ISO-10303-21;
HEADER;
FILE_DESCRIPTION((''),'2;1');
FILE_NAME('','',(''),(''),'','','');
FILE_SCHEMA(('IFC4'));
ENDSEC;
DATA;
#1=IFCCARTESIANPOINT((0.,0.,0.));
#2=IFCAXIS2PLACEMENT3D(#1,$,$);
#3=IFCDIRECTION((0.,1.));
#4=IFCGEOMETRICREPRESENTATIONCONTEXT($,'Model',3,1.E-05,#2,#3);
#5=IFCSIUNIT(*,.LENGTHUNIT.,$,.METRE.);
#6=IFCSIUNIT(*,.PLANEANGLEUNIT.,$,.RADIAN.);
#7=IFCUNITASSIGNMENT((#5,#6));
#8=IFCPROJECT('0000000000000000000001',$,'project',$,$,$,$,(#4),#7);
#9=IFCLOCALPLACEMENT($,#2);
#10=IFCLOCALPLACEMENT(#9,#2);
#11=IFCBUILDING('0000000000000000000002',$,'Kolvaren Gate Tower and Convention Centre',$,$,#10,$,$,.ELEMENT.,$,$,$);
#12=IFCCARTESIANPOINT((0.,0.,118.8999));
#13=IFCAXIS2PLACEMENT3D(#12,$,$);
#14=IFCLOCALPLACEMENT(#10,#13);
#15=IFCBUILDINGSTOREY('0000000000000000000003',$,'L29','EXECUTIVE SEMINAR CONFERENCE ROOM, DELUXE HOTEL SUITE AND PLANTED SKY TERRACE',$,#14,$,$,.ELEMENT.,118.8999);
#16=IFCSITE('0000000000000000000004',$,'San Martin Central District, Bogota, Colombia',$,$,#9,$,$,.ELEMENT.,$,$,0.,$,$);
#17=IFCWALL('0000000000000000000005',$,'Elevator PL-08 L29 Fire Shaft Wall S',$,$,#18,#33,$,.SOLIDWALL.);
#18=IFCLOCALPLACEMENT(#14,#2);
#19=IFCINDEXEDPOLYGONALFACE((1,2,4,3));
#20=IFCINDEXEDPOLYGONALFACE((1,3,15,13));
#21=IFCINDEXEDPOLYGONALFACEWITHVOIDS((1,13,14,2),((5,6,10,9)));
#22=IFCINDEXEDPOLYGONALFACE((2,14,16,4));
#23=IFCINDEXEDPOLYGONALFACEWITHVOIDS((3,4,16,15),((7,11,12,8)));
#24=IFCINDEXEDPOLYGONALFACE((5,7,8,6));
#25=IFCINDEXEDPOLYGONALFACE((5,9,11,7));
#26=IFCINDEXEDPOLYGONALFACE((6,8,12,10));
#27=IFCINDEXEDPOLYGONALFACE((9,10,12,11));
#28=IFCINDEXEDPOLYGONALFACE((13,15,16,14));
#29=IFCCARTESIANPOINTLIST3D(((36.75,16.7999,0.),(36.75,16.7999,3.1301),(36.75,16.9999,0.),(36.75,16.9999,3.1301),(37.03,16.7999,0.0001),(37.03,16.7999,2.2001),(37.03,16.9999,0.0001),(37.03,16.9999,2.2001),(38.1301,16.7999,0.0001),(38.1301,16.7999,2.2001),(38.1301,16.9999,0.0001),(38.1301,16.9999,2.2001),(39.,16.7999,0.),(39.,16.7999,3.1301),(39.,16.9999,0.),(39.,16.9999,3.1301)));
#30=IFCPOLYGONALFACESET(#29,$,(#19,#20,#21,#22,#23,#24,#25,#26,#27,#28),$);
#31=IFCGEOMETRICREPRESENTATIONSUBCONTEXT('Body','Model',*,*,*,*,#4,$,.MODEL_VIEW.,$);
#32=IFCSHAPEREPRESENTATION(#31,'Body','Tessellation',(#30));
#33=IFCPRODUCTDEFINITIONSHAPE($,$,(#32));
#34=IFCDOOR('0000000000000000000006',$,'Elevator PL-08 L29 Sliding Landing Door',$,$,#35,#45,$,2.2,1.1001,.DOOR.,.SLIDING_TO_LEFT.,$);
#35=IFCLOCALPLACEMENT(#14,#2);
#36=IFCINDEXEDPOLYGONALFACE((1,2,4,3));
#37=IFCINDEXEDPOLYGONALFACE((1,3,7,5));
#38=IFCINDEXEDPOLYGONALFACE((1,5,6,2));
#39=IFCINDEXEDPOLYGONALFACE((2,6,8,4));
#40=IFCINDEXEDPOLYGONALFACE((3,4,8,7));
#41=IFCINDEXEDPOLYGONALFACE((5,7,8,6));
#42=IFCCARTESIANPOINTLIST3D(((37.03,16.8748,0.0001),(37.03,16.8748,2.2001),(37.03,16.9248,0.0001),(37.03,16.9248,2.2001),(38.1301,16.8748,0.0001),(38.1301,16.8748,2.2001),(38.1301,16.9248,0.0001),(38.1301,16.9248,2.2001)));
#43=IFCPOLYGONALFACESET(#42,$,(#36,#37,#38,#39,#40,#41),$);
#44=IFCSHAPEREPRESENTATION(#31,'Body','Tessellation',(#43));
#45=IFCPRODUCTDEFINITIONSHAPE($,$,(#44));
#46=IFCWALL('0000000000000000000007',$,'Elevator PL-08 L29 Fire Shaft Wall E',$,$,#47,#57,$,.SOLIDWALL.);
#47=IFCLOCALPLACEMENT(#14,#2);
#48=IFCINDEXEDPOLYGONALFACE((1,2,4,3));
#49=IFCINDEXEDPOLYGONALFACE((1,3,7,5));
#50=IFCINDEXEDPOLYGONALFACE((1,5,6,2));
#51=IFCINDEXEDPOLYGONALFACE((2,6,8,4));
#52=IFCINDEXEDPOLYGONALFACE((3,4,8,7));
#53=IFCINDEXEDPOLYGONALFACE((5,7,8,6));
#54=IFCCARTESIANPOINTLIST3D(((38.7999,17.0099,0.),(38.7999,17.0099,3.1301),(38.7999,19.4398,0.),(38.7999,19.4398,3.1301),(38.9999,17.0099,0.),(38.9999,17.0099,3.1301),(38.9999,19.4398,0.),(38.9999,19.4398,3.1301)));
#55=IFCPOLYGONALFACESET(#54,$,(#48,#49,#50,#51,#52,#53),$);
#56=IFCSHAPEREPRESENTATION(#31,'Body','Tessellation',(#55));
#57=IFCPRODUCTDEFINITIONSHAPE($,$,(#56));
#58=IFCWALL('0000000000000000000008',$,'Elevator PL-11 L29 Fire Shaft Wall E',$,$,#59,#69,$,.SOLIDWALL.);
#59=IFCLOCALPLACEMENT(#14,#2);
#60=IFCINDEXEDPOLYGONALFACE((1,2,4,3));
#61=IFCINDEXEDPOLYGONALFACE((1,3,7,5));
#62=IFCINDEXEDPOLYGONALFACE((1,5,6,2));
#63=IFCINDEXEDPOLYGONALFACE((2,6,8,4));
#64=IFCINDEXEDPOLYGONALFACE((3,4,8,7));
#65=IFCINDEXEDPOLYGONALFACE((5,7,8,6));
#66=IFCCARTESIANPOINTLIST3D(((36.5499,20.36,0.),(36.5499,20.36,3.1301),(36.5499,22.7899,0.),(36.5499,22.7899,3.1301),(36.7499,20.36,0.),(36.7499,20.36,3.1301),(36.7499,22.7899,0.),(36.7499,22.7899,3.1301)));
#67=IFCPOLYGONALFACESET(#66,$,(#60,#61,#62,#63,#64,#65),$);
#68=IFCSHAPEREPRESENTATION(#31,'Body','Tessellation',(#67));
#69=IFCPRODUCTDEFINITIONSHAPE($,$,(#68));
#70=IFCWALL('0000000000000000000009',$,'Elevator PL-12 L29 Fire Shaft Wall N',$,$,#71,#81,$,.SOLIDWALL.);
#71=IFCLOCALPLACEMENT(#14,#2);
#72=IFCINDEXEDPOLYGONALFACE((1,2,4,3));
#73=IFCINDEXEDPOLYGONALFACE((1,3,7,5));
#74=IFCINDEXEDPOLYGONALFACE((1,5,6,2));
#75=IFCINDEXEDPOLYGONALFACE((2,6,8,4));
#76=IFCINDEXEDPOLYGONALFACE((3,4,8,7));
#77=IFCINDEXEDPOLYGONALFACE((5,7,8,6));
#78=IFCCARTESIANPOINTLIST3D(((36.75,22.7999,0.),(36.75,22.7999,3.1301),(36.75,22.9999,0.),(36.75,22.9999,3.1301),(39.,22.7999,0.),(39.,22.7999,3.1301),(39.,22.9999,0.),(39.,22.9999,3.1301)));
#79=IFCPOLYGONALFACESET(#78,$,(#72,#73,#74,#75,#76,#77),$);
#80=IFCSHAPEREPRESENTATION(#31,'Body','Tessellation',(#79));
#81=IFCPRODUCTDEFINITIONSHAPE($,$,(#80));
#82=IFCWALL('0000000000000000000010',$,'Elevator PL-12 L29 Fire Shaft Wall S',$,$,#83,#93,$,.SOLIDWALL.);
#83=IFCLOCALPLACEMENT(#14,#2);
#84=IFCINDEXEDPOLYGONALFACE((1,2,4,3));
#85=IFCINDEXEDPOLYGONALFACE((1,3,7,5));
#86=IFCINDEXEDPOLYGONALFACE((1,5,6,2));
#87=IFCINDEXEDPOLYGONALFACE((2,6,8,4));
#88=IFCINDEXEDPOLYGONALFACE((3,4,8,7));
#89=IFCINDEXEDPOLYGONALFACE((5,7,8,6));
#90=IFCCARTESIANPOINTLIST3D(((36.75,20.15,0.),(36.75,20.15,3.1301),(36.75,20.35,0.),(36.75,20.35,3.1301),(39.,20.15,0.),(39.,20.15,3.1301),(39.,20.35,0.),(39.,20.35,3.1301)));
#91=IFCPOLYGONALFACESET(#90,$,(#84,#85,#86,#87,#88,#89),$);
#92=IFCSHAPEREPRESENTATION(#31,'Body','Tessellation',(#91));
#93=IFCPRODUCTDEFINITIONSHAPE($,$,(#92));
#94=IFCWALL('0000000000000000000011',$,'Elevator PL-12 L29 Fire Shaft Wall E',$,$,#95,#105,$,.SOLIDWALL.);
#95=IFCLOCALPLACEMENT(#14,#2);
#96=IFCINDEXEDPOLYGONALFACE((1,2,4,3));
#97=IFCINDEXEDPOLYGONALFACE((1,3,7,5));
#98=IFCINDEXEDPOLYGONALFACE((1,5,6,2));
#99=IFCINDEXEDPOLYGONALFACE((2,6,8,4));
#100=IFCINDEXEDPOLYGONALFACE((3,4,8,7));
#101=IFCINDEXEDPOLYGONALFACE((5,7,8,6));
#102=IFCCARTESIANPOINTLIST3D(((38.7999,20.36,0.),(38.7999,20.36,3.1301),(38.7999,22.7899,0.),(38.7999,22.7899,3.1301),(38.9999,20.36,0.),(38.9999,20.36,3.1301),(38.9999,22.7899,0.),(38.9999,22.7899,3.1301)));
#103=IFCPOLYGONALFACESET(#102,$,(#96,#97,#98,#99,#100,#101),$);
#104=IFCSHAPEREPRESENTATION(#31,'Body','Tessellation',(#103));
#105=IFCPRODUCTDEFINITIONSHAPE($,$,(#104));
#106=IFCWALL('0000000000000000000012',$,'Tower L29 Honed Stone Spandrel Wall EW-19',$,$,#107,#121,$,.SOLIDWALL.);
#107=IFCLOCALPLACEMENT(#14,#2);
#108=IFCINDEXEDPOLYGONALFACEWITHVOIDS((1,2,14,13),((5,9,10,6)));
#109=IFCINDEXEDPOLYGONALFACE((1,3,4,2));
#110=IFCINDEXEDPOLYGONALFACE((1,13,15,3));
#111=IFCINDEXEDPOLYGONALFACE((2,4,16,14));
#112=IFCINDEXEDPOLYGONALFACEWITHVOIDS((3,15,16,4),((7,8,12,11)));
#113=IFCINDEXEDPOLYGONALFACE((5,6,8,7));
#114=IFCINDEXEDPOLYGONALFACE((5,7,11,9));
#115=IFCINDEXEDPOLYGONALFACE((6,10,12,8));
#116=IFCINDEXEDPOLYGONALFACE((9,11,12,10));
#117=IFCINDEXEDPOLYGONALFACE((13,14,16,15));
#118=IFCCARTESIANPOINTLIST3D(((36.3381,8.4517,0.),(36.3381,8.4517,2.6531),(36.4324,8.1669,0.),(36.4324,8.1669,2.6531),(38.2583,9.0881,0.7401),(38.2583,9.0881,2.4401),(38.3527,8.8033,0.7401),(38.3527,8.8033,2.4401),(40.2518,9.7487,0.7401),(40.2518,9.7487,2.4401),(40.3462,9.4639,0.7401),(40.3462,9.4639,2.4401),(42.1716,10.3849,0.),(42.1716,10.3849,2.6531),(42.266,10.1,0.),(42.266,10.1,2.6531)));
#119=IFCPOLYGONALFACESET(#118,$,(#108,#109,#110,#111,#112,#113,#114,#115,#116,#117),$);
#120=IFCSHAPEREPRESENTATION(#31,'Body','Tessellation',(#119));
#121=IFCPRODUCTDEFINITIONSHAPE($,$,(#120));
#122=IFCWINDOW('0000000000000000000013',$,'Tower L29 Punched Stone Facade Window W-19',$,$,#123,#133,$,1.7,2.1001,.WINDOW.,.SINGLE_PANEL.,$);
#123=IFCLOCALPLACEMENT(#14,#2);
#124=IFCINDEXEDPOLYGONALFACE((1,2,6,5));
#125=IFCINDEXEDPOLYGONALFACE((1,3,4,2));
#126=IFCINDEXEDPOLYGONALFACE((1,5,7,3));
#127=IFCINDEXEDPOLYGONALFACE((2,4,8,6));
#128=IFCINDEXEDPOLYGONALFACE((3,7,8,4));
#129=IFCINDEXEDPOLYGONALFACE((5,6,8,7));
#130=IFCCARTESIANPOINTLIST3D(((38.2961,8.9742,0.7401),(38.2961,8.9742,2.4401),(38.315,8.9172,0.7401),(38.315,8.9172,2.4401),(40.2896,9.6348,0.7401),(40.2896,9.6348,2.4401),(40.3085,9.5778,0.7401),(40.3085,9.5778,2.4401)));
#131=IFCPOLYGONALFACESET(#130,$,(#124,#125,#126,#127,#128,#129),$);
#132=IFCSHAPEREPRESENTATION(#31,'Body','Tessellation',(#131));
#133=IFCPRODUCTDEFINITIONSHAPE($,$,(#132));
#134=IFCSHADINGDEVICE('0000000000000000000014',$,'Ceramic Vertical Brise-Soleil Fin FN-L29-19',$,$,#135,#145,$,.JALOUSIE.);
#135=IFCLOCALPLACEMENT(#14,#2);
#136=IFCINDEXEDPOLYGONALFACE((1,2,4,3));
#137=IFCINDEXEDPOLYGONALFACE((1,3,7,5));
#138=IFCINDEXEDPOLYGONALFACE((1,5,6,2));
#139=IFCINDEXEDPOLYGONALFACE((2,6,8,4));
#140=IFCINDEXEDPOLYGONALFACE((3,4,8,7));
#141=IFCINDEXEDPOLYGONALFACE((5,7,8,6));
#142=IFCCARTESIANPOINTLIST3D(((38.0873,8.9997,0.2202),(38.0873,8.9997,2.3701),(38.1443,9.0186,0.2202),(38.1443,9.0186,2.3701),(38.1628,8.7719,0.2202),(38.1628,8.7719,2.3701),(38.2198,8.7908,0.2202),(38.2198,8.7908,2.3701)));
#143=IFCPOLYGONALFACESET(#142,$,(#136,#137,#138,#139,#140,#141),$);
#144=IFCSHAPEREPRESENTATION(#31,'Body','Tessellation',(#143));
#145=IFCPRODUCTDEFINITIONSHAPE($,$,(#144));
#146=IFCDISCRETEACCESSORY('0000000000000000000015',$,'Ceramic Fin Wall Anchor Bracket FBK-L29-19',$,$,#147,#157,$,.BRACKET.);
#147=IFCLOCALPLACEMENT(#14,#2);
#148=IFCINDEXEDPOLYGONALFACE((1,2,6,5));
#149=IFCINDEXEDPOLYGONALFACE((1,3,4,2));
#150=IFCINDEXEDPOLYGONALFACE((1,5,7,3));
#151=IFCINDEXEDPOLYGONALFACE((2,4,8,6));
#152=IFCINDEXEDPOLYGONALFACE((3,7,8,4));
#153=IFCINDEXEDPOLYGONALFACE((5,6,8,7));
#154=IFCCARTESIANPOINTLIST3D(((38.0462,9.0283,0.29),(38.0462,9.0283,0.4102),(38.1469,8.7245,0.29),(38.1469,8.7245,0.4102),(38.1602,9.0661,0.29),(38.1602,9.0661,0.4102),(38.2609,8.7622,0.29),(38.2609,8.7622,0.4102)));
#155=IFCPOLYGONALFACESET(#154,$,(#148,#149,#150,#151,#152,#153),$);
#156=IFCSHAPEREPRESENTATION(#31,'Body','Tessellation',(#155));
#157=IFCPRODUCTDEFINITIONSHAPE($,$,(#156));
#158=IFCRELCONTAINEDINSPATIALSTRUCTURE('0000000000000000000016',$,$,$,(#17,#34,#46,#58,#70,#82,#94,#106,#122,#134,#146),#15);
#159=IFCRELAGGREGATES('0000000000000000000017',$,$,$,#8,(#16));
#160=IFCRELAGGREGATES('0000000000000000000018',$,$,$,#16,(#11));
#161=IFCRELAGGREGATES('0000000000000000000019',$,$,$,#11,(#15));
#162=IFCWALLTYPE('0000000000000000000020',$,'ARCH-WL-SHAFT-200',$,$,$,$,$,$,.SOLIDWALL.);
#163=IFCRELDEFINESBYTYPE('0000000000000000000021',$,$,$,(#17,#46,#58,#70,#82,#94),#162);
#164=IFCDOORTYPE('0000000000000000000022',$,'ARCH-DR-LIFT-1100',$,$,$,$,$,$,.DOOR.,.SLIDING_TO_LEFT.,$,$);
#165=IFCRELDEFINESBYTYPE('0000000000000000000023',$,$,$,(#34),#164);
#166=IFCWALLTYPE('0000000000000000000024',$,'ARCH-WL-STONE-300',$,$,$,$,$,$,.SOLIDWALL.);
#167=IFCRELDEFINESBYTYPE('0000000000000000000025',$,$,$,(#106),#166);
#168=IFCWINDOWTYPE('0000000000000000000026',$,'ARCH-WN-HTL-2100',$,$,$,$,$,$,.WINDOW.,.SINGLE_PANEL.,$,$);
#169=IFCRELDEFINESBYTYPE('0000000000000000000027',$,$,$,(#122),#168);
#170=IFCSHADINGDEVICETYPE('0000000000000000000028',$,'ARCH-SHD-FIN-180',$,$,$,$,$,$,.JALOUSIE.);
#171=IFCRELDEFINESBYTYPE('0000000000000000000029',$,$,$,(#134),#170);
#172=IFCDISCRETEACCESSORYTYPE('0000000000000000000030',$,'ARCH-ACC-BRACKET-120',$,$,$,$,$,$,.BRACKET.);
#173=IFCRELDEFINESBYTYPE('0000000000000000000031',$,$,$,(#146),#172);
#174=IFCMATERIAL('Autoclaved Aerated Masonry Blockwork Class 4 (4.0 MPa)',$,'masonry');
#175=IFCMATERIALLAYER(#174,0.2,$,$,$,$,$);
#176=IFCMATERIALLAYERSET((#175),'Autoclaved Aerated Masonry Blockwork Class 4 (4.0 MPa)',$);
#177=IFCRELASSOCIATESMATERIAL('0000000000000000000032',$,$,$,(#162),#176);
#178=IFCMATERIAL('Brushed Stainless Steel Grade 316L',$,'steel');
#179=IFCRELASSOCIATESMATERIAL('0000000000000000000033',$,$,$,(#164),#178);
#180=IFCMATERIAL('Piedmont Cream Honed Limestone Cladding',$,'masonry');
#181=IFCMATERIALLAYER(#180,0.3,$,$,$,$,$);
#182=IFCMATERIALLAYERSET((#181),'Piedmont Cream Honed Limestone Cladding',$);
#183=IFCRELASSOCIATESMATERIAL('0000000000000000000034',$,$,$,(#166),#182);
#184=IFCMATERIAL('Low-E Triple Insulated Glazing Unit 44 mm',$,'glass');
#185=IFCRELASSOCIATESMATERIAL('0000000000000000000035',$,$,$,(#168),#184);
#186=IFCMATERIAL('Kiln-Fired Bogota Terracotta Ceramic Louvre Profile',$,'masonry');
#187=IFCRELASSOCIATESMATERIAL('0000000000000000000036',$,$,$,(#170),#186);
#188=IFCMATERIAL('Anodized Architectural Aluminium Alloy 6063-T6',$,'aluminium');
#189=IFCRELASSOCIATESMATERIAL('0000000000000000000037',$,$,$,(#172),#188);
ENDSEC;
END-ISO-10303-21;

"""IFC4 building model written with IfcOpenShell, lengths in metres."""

from ifc_helpers import new_model, si_unit, direction, frame, frame_2d, origin, origin_2d, place, context, subcontext, project, spatial, rectangle, extrude, material, layer, layer_set, type_object, element, fill, save


model = new_model("IFC4")

# Units and contexts
model_context = context("Model", 3, precision=1e-05, world=origin(), true_north=direction((0.0, 1.0)))
body_context = subcontext(model_context, "Body", "Model", "MODEL_VIEW")
ifc_project = project(units=[si_unit("LENGTHUNIT", "METRE"), si_unit("PLANEANGLEUNIT", "RADIAN")], contexts=[model_context])

# Site, building, storey
site_placement = place(None, origin())
site = spatial("IfcSite", under=ifc_project, at=site_placement, Name="San Martin Central District, Bogota, Colombia", CompositionType="ELEMENT", RefElevation=0.0)
building_placement = place(site_placement, origin())
building = spatial("IfcBuilding", under=site, at=building_placement, Name="Kolvaren Gate Tower and Convention Centre", CompositionType="ELEMENT")
storey_placement = place(building_placement, frame((0.0, 0.0, 118.8999)))
storey = spatial("IfcBuildingStorey", under=building, at=storey_placement, Name="L29", Description="EXECUTIVE SEMINAR CONFERENCE ROOM, DELUXE HOTEL SUITE AND PLANTED SKY TERRACE", CompositionType="ELEMENT", Elevation=118.8999)

# Shared definitions
ifc_material_1 = material(Name="Piedmont Cream Honed Limestone Cladding", Category="masonry")
ifc_material_2 = material(Name="Autoclaved Aerated Masonry Blockwork Class 4 (4.0 MPa)", Category="masonry")
ifc_layer_1 = layer(ifc_material_2, 0.2)
ifc_layer_set_1 = layer_set([ifc_layer_1], Name="Autoclaved Aerated Masonry Blockwork Class 4 (4.0 MPa)")
wall_type_1 = type_object("IfcWallType", Name="ARCH-WL-SHAFT-200", PredefinedType="SOLIDWALL", material=ifc_layer_set_1)

# Wall, opening, door
wall_1_placement = place(storey_placement, frame((36.75, 16.8999, 0.0), z_axis=(0.0, 0.0, 1.0), x_axis=(1.0, 0.0, 0.0)))
wall_1 = element("IfcWall", 1, at=wall_1_placement, inside=storey, type_object=wall_type_1, Name="Elevator PL-08 L29 Fire Shaft Wall S", PredefinedType="SOLIDWALL", context=body_context, shape_type="SweptSolid", body=[
    extrude(rectangle(XDim=2.25, YDim=0.2, at=frame_2d((1.125, 0.0))), origin(), (0.0, 0.0, 1.0), 3.1301),
])
opening_1_placement = place(wall_1_placement, frame((0.28, 0.0, 0.0)))
opening_1 = element("IfcOpeningElement", 2, at=opening_1_placement, cuts=wall_1, PredefinedType="OPENING", context=body_context, shape_type="SweptSolid", body=[
    extrude(rectangle(XDim=1.1001, YDim=2.2, at=frame_2d((0.55, 1.1001))), frame((0.0, 0.1099, 0.0), z_axis=(0.0, -1.0, 0.0), x_axis=(1.0, 0.0, 0.0)), (0.0, 0.0, 1.0), 0.22),
])
ifc_material_3 = material(Name="Brushed Stainless Steel Grade 316L", Category="steel")
door_type = type_object("IfcDoorType", Name="ARCH-DR-LIFT-1100", OperationType="SLIDING_TO_LEFT", PredefinedType="DOOR", material=ifc_material_3)
door_placement = place(opening_1_placement, origin())
door = element("IfcDoor", 3, at=door_placement, inside=storey, type_object=door_type, Name="Elevator PL-08 L29 Sliding Landing Door", OperationType="SLIDING_TO_LEFT", OverallHeight=2.2, OverallWidth=1.1001, PredefinedType="DOOR", context=body_context, shape_type="SweptSolid", body=[
    extrude(rectangle(XDim=1.1001, YDim=2.2, at=frame_2d((0.55, 1.1001))), frame((0.0, 0.0249, 0.0), z_axis=(0.0, -1.0, 0.0), x_axis=(1.0, 0.0, 0.0)), (0.0, 0.0, 1.0), 0.05),
])
fill(opening_1, door)

# Walls
for number, where, z_axis, x_axis, name in (
    (4, (38.8999, 17.01, 0.0), (0.0, 0.0, 1.0), (0.0, 1.0, 0.0), "Elevator PL-08 L29 Fire Shaft Wall E"),
    (5, (36.6499, 20.3601, 0.0), (0.0, 0.0, 1.0), (0.0, 1.0, 0.0), "Elevator PL-11 L29 Fire Shaft Wall E"),
):
    element("IfcWall", number, at=place(storey_placement, frame(where, z_axis=z_axis, x_axis=x_axis)), inside=storey, type_object=wall_type_1, Name=name, PredefinedType="SOLIDWALL", context=body_context, shape_type="SweptSolid", body=[
        extrude(rectangle(XDim=2.4299, YDim=0.2, at=frame_2d((1.2148, 0.0))), origin(), (0.0, 0.0, 1.0), 3.1301),
    ])
for number, where, z_axis, x_axis, name in (
    (6, (36.75, 22.8999, 0.0), (0.0, 0.0, 1.0), (1.0, 0.0, 0.0), "Elevator PL-12 L29 Fire Shaft Wall N"),
    (7, (36.75, 20.25, 0.0), (0.0, 0.0, 1.0), (1.0, 0.0, 0.0), "Elevator PL-12 L29 Fire Shaft Wall S"),
):
    element("IfcWall", number, at=place(storey_placement, frame(where, z_axis=z_axis, x_axis=x_axis)), inside=storey, type_object=wall_type_1, Name=name, PredefinedType="SOLIDWALL", context=body_context, shape_type="SweptSolid", body=[
        extrude(rectangle(XDim=2.25, YDim=0.2, at=frame_2d((1.125, 0.0))), origin(), (0.0, 0.0, 1.0), 3.1301),
    ])
wall_2_placement = place(storey_placement, frame((38.8999, 20.3601, 0.0), z_axis=(0.0, 0.0, 1.0), x_axis=(0.0, 1.0, 0.0)))
element("IfcWall", 8, at=wall_2_placement, inside=storey, type_object=wall_type_1, Name="Elevator PL-12 L29 Fire Shaft Wall E", PredefinedType="SOLIDWALL", context=body_context, shape_type="SweptSolid", body=[
    extrude(rectangle(XDim=2.4299, YDim=0.2, at=frame_2d((1.2148, 0.0))), origin(), (0.0, 0.0, 1.0), 3.1301),
])

# Wall, opening, window
ifc_layer_2 = layer(ifc_material_1, 0.3)
ifc_layer_set_2 = layer_set([ifc_layer_2], Name="Piedmont Cream Honed Limestone Cladding")
wall_type_2 = type_object("IfcWallType", Name="ARCH-WL-STONE-300", PredefinedType="SOLIDWALL", material=ifc_layer_set_2)
wall_3_placement = place(storey_placement, frame((36.3853, 8.3093, 0.0), z_axis=(0.0, 0.0, 1.0), x_axis=(0.949238, 0.314559, 0.0)))
wall_3 = element("IfcWall", 9, at=wall_3_placement, inside=storey, type_object=wall_type_2, Name="Tower L29 Honed Stone Spandrel Wall EW-19", PredefinedType="SOLIDWALL", context=body_context, shape_type="SweptSolid", body=[
    extrude(rectangle(XDim=6.1455, YDim=0.3, at=frame_2d((3.0728, 0.0))), origin(), (0.0, 0.0, 1.0), 2.6531),
])
opening_2_placement = place(wall_3_placement, frame((2.0229, 0.0, 0.74)))
opening_2 = element("IfcOpeningElement", 10, at=opening_2_placement, cuts=wall_3, PredefinedType="OPENING", context=body_context, shape_type="SweptSolid", body=[
    extrude(rectangle(XDim=2.1001, YDim=1.7, at=frame_2d((1.05, 0.8501))), frame((0.0, 0.1599, 0.0), z_axis=(0.0, -1.0, 0.0), x_axis=(1.0, 0.0, 0.0)), (0.0, 0.0, 1.0), 0.3201),
])
ifc_material_4 = material(Name="Low-E Triple Insulated Glazing Unit 44 mm", Category="glass")
window_type = type_object("IfcWindowType", Name="ARCH-WN-HTL-2100", PartitioningType="SINGLE_PANEL", PredefinedType="WINDOW", material=ifc_material_4)
window_placement = place(opening_2_placement, origin())
window = element("IfcWindow", 11, at=window_placement, inside=storey, type_object=window_type, Name="Tower L29 Punched Stone Facade Window W-19", OverallHeight=1.7, OverallWidth=2.1001, PartitioningType="SINGLE_PANEL", PredefinedType="WINDOW", context=body_context, shape_type="SweptSolid", body=[
    extrude(rectangle(XDim=2.1001, YDim=1.7, at=frame_2d((1.05, 0.8501))), frame((0.0, 0.03, 0.0), z_axis=(0.0, -1.0, 0.0), x_axis=(1.0, 0.0, 0.0)), (0.0, 0.0, 1.0), 0.0601),
])
fill(opening_2, window)

# Shading device
ifc_material_5 = material(Name="Kiln-Fired Bogota Terracotta Ceramic Louvre Profile", Category="masonry")
shading_device_type = type_object("IfcShadingDeviceType", Name="ARCH-SHD-FIN-180", PredefinedType="JALOUSIE", material=ifc_material_5)
shading_device_placement = place(storey_placement, frame((38.1536, 8.8953, 0.2202), z_axis=(0.0, 0.0, 1.0), x_axis=(0.94924, 0.314552, 0.0)))
element("IfcShadingDevice", 12, at=shading_device_placement, inside=storey, type_object=shading_device_type, Name="Ceramic Vertical Brise-Soleil Fin FN-L29-19", PredefinedType="JALOUSIE", context=body_context, shape_type="SweptSolid", body=[
    extrude(rectangle(XDim=0.0601, YDim=0.24, at=origin_2d()), origin(), (0.0, 0.0, 1.0), 2.1499),
])

# Discrete accessory
ifc_material_6 = material(Name="Anodized Architectural Aluminium Alloy 6063-T6", Category="aluminium")
discrete_accessory_type = type_object("IfcDiscreteAccessoryType", Name="ARCH-ACC-BRACKET-120", PredefinedType="BRACKET", material=ifc_material_6)
discrete_accessory_placement = place(storey_placement, frame((38.1536, 8.8953, 0.29), z_axis=(0.0, 0.0, 1.0), x_axis=(0.94924, 0.314552, 0.0)))
element("IfcDiscreteAccessory", 13, at=discrete_accessory_placement, inside=storey, type_object=discrete_accessory_type, Name="Ceramic Fin Wall Anchor Bracket FBK-L29-19", PredefinedType="BRACKET", context=body_context, shape_type="SweptSolid", body=[
    extrude(rectangle(XDim=0.1201, YDim=0.3201, at=origin_2d()), origin(), (0.0, 0.0, 1.0), 0.1201),
])

save(model, "model.ifc")
